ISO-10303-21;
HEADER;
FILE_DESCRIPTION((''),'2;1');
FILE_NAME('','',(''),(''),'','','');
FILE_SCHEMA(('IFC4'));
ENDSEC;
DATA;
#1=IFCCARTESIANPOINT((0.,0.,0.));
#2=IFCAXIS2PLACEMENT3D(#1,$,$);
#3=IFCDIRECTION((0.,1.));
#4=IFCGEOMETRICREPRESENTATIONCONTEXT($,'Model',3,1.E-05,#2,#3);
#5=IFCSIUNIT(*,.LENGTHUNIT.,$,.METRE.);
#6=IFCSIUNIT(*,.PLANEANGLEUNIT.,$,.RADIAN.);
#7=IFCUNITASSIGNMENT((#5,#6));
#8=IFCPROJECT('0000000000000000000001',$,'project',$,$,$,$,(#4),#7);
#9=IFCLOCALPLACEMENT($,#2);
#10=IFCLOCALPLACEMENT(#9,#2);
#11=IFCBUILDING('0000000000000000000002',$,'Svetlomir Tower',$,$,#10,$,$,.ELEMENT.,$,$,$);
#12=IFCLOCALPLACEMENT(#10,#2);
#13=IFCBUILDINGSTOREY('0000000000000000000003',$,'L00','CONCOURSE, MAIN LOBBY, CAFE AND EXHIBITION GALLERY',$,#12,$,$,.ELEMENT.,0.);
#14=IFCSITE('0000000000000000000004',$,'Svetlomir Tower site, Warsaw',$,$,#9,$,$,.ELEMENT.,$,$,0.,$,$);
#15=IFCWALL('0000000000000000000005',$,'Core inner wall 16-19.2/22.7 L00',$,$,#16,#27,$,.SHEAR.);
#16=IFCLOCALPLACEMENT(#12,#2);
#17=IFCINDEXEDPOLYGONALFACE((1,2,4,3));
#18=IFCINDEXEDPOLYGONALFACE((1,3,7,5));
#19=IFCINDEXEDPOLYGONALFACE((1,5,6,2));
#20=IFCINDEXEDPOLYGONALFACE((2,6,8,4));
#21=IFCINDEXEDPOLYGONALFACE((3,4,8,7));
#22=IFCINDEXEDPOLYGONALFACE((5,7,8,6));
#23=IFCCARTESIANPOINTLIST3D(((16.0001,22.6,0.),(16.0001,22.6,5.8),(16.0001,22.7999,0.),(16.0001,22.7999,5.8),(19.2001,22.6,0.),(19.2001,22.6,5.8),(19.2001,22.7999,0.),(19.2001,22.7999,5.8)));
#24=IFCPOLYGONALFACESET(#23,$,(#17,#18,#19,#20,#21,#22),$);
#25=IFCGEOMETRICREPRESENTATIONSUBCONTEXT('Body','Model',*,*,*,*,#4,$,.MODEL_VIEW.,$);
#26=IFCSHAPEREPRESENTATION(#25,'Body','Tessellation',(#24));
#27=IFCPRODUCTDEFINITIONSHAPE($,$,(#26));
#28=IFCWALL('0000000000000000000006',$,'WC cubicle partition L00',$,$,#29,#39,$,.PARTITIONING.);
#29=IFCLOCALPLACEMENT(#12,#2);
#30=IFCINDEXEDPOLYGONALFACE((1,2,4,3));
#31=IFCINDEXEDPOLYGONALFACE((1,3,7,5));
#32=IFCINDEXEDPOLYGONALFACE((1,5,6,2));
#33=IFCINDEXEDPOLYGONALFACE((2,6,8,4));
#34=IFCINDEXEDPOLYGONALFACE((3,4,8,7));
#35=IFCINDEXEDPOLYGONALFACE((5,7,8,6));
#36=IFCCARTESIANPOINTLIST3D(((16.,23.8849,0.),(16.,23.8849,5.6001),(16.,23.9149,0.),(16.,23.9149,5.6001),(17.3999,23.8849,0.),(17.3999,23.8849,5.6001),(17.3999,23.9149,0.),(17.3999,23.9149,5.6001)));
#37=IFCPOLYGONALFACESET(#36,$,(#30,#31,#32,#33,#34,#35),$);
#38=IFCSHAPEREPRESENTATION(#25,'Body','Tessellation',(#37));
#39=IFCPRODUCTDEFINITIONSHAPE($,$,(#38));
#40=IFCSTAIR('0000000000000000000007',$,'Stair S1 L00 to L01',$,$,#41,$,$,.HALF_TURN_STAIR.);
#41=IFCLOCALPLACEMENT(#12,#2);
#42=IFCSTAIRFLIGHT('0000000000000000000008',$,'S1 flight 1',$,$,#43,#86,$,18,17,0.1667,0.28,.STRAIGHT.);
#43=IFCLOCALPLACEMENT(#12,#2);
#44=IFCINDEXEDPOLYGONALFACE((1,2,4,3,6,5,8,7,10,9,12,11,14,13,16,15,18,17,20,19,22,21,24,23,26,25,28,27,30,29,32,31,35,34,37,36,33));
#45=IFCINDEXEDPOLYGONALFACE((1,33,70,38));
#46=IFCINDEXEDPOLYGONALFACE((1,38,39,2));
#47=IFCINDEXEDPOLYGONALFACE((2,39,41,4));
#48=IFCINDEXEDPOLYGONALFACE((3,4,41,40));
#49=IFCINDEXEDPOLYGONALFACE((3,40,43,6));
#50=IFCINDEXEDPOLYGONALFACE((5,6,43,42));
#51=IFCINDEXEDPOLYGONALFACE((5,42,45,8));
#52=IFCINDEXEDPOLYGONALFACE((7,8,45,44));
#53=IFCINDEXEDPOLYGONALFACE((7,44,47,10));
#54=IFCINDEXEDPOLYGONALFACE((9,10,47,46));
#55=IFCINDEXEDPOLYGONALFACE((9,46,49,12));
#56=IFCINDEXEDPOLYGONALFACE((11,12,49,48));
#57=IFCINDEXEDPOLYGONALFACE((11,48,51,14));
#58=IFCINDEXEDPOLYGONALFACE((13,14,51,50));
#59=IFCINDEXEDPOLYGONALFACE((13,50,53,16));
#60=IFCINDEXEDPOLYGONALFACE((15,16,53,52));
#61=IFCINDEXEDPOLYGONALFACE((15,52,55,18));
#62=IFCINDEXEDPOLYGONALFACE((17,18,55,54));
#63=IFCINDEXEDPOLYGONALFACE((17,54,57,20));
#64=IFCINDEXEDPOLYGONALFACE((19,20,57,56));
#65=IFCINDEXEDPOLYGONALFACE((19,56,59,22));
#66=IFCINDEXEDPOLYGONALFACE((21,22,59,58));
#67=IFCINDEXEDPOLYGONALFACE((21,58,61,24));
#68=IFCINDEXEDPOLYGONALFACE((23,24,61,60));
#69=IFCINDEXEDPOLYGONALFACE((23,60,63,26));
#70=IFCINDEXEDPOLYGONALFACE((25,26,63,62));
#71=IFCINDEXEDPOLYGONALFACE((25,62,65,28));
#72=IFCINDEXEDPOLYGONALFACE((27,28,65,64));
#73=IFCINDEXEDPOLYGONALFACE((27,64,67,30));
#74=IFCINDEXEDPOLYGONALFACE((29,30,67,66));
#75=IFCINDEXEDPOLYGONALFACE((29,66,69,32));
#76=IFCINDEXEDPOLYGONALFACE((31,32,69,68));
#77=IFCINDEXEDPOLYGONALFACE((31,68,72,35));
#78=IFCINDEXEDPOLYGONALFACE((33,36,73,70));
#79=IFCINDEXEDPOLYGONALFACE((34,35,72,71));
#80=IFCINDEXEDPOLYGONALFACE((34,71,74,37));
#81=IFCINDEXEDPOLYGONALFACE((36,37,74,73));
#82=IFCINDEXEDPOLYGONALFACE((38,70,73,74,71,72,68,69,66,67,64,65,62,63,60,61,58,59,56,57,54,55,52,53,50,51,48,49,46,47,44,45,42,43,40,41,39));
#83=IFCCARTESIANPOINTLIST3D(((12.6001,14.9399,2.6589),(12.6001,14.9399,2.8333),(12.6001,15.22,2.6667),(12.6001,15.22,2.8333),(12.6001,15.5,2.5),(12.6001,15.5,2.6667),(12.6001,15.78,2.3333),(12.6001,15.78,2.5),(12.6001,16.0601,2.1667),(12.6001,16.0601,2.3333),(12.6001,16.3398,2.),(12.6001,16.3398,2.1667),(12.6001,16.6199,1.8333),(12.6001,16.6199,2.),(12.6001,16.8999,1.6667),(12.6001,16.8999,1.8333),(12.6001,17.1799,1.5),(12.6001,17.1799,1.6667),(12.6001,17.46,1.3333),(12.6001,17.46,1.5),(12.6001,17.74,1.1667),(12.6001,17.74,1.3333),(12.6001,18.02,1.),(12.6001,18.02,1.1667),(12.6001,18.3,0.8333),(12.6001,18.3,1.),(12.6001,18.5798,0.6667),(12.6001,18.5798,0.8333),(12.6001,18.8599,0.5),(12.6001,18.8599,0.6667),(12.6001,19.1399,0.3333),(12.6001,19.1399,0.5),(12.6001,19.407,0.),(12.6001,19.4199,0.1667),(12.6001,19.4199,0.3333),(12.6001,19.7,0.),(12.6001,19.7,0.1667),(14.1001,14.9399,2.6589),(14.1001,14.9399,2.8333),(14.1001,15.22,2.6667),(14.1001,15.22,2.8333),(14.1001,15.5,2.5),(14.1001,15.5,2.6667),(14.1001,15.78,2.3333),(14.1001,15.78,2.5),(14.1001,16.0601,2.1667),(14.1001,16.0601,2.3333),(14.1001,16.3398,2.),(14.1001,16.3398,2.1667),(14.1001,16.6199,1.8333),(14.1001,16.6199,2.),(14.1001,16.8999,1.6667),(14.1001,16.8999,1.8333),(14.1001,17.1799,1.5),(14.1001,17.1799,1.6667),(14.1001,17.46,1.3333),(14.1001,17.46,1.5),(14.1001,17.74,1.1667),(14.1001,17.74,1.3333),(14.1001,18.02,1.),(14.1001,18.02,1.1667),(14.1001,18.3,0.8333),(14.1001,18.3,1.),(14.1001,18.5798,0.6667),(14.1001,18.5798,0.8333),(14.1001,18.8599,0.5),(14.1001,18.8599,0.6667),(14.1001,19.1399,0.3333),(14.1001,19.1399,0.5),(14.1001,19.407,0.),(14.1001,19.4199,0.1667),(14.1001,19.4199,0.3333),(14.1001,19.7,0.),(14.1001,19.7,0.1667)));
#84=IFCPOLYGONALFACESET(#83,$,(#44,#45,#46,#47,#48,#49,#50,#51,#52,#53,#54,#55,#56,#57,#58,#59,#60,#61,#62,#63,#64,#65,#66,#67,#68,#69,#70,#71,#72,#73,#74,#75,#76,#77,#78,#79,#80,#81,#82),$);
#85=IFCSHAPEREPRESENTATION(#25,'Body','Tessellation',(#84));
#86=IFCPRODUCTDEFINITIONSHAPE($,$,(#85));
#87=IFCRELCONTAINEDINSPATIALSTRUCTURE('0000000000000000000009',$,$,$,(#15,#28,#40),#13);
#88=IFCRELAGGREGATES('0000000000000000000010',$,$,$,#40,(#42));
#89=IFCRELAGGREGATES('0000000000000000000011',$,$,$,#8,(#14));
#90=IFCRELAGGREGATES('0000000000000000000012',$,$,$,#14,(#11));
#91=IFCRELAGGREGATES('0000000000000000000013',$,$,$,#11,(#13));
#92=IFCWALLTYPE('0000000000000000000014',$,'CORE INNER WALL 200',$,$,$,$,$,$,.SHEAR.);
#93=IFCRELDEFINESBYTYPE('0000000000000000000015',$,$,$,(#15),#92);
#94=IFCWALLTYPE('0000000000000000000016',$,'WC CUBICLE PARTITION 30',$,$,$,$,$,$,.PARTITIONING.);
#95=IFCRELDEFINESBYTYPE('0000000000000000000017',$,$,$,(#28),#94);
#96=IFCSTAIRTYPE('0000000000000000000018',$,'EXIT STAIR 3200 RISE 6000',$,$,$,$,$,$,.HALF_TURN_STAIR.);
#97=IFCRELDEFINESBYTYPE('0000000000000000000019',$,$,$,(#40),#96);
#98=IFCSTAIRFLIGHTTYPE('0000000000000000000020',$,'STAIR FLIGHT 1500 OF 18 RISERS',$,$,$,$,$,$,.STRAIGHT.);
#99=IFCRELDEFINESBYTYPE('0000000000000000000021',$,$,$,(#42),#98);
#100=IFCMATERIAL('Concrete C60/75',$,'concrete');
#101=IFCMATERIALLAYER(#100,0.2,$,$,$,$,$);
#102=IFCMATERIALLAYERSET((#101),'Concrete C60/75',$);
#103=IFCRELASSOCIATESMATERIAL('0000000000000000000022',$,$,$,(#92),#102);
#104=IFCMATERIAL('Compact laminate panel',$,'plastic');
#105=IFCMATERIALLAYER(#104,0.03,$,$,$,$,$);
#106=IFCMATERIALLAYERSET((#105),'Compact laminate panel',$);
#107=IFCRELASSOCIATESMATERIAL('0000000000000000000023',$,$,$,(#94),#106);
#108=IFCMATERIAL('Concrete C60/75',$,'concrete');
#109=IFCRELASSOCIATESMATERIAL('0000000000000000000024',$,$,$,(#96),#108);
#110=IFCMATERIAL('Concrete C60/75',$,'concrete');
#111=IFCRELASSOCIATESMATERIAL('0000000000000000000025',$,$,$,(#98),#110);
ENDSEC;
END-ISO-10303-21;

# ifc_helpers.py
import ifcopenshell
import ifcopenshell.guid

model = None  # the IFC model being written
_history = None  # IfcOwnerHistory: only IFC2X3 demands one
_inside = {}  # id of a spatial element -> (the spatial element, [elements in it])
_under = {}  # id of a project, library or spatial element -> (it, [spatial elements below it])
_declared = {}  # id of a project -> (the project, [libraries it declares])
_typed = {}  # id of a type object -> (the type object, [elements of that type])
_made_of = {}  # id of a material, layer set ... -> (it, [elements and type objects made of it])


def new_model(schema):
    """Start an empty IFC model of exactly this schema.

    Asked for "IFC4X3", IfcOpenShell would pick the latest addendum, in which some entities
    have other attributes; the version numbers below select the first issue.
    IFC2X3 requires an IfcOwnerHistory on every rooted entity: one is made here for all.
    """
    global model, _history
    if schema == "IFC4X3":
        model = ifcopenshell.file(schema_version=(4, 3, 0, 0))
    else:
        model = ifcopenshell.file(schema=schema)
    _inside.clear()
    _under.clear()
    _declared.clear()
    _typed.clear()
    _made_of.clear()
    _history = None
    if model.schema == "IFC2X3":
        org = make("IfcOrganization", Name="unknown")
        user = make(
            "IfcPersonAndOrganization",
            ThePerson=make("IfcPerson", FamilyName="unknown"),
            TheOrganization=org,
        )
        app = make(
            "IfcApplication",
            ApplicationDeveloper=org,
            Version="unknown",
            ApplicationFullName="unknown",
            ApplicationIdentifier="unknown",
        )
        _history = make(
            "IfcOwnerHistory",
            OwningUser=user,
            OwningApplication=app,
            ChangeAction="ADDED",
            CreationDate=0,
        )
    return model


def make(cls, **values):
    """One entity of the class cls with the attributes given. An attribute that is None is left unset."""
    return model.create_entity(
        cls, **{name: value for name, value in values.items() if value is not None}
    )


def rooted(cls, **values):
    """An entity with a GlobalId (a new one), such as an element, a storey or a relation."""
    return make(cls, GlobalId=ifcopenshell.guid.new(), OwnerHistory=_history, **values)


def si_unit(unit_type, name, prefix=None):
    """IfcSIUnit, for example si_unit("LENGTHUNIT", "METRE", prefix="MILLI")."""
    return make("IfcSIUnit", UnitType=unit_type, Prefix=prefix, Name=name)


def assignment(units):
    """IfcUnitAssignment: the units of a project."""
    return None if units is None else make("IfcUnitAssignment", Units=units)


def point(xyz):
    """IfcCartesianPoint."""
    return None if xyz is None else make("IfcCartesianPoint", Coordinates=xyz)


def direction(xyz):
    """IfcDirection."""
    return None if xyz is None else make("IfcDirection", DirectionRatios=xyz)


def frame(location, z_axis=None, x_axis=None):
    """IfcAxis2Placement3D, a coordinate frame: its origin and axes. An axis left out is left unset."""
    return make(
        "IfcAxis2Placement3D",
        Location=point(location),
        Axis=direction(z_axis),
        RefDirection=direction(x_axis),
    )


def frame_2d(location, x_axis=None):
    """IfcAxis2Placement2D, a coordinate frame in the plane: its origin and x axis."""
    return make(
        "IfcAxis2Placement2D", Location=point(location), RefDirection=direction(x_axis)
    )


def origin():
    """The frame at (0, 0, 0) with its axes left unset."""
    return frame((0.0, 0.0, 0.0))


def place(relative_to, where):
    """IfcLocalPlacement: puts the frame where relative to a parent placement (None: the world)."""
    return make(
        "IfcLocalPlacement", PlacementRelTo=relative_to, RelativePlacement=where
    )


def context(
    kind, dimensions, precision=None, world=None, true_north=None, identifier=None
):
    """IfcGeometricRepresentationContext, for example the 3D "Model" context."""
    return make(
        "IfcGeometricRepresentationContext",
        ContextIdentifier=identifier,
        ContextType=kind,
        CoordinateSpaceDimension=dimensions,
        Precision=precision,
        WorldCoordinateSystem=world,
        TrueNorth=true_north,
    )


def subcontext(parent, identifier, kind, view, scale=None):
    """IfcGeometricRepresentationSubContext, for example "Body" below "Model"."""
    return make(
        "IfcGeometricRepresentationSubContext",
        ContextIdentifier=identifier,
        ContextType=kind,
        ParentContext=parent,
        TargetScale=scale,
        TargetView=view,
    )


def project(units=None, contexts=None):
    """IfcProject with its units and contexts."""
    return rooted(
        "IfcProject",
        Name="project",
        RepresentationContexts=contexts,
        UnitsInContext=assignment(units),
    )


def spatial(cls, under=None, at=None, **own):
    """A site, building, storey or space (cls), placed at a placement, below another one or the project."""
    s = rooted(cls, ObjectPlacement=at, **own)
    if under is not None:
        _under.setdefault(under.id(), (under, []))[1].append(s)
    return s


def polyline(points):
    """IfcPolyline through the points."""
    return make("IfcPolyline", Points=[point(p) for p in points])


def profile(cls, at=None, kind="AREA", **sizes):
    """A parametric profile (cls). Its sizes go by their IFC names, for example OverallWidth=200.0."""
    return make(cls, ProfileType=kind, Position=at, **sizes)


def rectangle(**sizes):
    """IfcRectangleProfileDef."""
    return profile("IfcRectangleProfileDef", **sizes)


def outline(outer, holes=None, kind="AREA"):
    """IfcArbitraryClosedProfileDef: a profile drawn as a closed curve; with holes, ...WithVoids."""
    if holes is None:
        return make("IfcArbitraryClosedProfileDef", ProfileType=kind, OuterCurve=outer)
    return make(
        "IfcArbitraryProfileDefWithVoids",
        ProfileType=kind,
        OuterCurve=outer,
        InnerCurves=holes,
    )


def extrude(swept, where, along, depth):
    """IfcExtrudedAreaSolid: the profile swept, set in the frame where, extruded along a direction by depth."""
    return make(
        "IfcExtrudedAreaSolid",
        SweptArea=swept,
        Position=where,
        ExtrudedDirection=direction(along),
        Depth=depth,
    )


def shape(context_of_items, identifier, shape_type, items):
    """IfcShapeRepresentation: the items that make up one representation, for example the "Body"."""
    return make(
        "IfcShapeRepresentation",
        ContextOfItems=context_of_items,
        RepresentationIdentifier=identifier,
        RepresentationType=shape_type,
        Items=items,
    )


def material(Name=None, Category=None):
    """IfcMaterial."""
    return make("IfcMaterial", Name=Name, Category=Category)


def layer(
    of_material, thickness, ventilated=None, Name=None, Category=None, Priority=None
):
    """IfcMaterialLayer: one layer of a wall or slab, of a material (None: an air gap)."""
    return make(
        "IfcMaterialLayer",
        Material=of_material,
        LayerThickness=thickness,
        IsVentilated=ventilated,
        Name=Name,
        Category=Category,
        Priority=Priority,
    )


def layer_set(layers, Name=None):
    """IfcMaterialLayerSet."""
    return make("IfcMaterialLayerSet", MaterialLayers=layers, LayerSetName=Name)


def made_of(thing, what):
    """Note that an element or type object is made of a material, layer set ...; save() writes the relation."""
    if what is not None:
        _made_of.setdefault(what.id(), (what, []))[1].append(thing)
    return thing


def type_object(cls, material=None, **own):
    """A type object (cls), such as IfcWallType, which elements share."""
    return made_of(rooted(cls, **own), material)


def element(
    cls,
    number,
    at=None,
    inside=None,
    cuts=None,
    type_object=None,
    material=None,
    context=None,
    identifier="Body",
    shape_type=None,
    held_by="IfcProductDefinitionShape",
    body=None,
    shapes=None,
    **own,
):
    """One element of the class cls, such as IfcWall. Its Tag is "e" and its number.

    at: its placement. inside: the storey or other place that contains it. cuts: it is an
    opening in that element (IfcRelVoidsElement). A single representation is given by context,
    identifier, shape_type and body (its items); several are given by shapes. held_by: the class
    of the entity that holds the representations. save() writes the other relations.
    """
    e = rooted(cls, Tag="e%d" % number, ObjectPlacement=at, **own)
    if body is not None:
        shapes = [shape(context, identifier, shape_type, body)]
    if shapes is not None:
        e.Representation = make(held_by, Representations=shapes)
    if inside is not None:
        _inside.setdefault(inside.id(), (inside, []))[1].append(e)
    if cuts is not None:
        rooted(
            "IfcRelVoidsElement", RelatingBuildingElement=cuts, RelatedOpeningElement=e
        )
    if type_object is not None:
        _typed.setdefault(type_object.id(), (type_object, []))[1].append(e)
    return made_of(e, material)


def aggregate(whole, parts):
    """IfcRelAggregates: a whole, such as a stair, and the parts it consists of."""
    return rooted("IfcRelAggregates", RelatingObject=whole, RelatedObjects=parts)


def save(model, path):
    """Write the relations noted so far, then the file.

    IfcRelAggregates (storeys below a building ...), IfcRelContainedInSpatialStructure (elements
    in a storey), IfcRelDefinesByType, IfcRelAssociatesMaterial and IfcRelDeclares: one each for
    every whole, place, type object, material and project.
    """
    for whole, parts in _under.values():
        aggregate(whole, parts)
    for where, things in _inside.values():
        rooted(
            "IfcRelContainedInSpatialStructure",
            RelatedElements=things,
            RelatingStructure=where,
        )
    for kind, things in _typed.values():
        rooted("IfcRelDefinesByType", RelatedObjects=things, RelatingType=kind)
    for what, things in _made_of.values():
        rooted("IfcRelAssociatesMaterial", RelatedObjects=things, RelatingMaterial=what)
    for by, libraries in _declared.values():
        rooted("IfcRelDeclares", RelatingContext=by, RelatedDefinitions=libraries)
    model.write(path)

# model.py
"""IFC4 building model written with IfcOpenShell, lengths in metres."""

from ifc_helpers import new_model, si_unit, direction, frame, frame_2d, origin, place, context, subcontext, project, spatial, polyline, rectangle, outline, extrude, material, layer, layer_set, type_object, element, aggregate, save


model = new_model("IFC4")

# Units and contexts
model_context = context("Model", 3, precision=1e-05, world=origin(), true_north=direction((0.0, 1.0)))
body_context = subcontext(model_context, "Body", "Model", "MODEL_VIEW")
ifc_project = project(units=[si_unit("LENGTHUNIT", "METRE"), si_unit("PLANEANGLEUNIT", "RADIAN")], contexts=[model_context])

# Site, building, storey
site_placement = place(None, origin())
site = spatial("IfcSite", under=ifc_project, at=site_placement, Name="Svetlomir Tower site, Warsaw", CompositionType="ELEMENT", RefElevation=0.0)
building_placement = place(site_placement, origin())
building = spatial("IfcBuilding", under=site, at=building_placement, Name="Svetlomir Tower", CompositionType="ELEMENT")
storey_placement = place(building_placement, origin())
storey = spatial("IfcBuildingStorey", under=building, at=storey_placement, Name="L00", Description="CONCOURSE, MAIN LOBBY, CAFE AND EXHIBITION GALLERY", CompositionType="ELEMENT", Elevation=0.0)

# Shared definitions
ifc_material_1 = material(Name="Concrete C60/75", Category="concrete")
ifc_layer_1 = layer(ifc_material_1, 0.2)
ifc_layer_set_1 = layer_set([ifc_layer_1], Name="Concrete C60/75")
wall_type_1 = type_object("IfcWallType", Name="CORE INNER WALL 200", PredefinedType="SHEAR", material=ifc_layer_set_1)

# Wall
for number, where, z_axis, x_axis, name in (
    (1, (16.0, 22.7, 0.0), (0.0, 0.0, 1.0), (1.0, 0.0, 0.0), "Core inner wall 16-19.2/22.7 L00"),
):
    element("IfcWall", number, at=place(storey_placement, frame(where, z_axis=z_axis, x_axis=x_axis)), inside=storey, type_object=wall_type_1, Name=name, PredefinedType="SHEAR", context=body_context, shape_type="SweptSolid", body=[
        extrude(rectangle(XDim=3.2, YDim=0.2, at=frame_2d((1.6001, 0.0))), origin(), (0.0, 0.0, 1.0), 5.8),
    ])

# Wall
ifc_material_2 = material(Name="Compact laminate panel", Category="plastic")
ifc_layer_2 = layer(ifc_material_2, 0.03)
ifc_layer_set_2 = layer_set([ifc_layer_2], Name="Compact laminate panel")
wall_type_2 = type_object("IfcWallType", Name="WC CUBICLE PARTITION 30", PredefinedType="PARTITIONING", material=ifc_layer_set_2)
wall_1_placement = place(storey_placement, frame((16.0, 23.8999, 0.0), z_axis=(0.0, 0.0, 1.0), x_axis=(1.0, 0.0, 0.0)))
element("IfcWall", 2, at=wall_1_placement, inside=storey, type_object=wall_type_2, Name="WC cubicle partition L00", PredefinedType="PARTITIONING", context=body_context, shape_type="SweptSolid", body=[
    extrude(rectangle(XDim=1.3999, YDim=0.03, at=frame_2d((0.7, 0.0))), origin(), (0.0, 0.0, 1.0), 5.6001),
])

# Stair, stair flight
ifc_material_3 = material(Name="Concrete C60/75", Category="concrete")
stair_type = type_object("IfcStairType", Name="EXIT STAIR 3200 RISE 6000", PredefinedType="HALF_TURN_STAIR", material=ifc_material_3)
stair_placement = place(storey_placement, origin())
stair = element("IfcStair", 3, at=stair_placement, inside=storey, type_object=stair_type, Name="Stair S1 L00 to L01", PredefinedType="HALF_TURN_STAIR")
ifc_material_4 = material(Name="Concrete C60/75", Category="concrete")
stair_flight_type = type_object("IfcStairFlightType", Name="STAIR FLIGHT 1500 OF 18 RISERS", PredefinedType="STRAIGHT", material=ifc_material_4)
stair_flight_placement = place(storey_placement, frame((13.3501, 19.7, 0.0), z_axis=(0.0, 0.0, 1.0), x_axis=(0.0, -1.0, 0.0)))
stair_flight = element("IfcStairFlight", 4, at=stair_flight_placement, type_object=stair_flight_type, Name="S1 flight 1", NumberOfRisers=18, NumberOfTreads=17, PredefinedType="STRAIGHT", RiserHeight=0.1667, TreadLength=0.28, context=body_context, shape_type="SweptSolid", body=[
    extrude(outline(polyline([(0.0, 0.0), (0.0, 0.1667), (0.28, 0.1667), (0.28, 0.3333), (0.5601, 0.3333), (0.5601, 0.5), (0.8401, 0.5), (0.8401, 0.6667), (1.1201, 0.6667), (1.1201, 0.8333), (1.3999, 0.8333), (1.3999, 1.0), (1.6799, 1.0), (1.6799, 1.1667), (1.96, 1.1667), (1.96, 1.3333), (2.24, 1.3333), (2.24, 1.5), (2.52, 1.5), (2.52, 1.6667), (2.8, 1.6667), (2.8, 1.8333), (3.0801, 1.8333), (3.0801, 2.0), (3.3601, 2.0), (3.3601, 2.1667), (3.6399, 2.1667), (3.6399, 2.3333), (3.9199, 2.3333), (3.9199, 2.5), (4.2, 2.5), (4.2, 2.6667), (4.48, 2.6667), (4.48, 2.8333), (4.76, 2.8333), (4.76, 3.0), (4.76, 2.6589), (0.293, 0.0), (0.0, 0.0)])), frame((0.0, 0.75, 0.0), z_axis=(0.0, -1.0, 0.0), x_axis=(1.0, 0.0, 0.0)), (0.0, 0.0, 1.0), 1.5),
])
aggregate(stair, [stair_flight])

save(model, "model.ifc")
